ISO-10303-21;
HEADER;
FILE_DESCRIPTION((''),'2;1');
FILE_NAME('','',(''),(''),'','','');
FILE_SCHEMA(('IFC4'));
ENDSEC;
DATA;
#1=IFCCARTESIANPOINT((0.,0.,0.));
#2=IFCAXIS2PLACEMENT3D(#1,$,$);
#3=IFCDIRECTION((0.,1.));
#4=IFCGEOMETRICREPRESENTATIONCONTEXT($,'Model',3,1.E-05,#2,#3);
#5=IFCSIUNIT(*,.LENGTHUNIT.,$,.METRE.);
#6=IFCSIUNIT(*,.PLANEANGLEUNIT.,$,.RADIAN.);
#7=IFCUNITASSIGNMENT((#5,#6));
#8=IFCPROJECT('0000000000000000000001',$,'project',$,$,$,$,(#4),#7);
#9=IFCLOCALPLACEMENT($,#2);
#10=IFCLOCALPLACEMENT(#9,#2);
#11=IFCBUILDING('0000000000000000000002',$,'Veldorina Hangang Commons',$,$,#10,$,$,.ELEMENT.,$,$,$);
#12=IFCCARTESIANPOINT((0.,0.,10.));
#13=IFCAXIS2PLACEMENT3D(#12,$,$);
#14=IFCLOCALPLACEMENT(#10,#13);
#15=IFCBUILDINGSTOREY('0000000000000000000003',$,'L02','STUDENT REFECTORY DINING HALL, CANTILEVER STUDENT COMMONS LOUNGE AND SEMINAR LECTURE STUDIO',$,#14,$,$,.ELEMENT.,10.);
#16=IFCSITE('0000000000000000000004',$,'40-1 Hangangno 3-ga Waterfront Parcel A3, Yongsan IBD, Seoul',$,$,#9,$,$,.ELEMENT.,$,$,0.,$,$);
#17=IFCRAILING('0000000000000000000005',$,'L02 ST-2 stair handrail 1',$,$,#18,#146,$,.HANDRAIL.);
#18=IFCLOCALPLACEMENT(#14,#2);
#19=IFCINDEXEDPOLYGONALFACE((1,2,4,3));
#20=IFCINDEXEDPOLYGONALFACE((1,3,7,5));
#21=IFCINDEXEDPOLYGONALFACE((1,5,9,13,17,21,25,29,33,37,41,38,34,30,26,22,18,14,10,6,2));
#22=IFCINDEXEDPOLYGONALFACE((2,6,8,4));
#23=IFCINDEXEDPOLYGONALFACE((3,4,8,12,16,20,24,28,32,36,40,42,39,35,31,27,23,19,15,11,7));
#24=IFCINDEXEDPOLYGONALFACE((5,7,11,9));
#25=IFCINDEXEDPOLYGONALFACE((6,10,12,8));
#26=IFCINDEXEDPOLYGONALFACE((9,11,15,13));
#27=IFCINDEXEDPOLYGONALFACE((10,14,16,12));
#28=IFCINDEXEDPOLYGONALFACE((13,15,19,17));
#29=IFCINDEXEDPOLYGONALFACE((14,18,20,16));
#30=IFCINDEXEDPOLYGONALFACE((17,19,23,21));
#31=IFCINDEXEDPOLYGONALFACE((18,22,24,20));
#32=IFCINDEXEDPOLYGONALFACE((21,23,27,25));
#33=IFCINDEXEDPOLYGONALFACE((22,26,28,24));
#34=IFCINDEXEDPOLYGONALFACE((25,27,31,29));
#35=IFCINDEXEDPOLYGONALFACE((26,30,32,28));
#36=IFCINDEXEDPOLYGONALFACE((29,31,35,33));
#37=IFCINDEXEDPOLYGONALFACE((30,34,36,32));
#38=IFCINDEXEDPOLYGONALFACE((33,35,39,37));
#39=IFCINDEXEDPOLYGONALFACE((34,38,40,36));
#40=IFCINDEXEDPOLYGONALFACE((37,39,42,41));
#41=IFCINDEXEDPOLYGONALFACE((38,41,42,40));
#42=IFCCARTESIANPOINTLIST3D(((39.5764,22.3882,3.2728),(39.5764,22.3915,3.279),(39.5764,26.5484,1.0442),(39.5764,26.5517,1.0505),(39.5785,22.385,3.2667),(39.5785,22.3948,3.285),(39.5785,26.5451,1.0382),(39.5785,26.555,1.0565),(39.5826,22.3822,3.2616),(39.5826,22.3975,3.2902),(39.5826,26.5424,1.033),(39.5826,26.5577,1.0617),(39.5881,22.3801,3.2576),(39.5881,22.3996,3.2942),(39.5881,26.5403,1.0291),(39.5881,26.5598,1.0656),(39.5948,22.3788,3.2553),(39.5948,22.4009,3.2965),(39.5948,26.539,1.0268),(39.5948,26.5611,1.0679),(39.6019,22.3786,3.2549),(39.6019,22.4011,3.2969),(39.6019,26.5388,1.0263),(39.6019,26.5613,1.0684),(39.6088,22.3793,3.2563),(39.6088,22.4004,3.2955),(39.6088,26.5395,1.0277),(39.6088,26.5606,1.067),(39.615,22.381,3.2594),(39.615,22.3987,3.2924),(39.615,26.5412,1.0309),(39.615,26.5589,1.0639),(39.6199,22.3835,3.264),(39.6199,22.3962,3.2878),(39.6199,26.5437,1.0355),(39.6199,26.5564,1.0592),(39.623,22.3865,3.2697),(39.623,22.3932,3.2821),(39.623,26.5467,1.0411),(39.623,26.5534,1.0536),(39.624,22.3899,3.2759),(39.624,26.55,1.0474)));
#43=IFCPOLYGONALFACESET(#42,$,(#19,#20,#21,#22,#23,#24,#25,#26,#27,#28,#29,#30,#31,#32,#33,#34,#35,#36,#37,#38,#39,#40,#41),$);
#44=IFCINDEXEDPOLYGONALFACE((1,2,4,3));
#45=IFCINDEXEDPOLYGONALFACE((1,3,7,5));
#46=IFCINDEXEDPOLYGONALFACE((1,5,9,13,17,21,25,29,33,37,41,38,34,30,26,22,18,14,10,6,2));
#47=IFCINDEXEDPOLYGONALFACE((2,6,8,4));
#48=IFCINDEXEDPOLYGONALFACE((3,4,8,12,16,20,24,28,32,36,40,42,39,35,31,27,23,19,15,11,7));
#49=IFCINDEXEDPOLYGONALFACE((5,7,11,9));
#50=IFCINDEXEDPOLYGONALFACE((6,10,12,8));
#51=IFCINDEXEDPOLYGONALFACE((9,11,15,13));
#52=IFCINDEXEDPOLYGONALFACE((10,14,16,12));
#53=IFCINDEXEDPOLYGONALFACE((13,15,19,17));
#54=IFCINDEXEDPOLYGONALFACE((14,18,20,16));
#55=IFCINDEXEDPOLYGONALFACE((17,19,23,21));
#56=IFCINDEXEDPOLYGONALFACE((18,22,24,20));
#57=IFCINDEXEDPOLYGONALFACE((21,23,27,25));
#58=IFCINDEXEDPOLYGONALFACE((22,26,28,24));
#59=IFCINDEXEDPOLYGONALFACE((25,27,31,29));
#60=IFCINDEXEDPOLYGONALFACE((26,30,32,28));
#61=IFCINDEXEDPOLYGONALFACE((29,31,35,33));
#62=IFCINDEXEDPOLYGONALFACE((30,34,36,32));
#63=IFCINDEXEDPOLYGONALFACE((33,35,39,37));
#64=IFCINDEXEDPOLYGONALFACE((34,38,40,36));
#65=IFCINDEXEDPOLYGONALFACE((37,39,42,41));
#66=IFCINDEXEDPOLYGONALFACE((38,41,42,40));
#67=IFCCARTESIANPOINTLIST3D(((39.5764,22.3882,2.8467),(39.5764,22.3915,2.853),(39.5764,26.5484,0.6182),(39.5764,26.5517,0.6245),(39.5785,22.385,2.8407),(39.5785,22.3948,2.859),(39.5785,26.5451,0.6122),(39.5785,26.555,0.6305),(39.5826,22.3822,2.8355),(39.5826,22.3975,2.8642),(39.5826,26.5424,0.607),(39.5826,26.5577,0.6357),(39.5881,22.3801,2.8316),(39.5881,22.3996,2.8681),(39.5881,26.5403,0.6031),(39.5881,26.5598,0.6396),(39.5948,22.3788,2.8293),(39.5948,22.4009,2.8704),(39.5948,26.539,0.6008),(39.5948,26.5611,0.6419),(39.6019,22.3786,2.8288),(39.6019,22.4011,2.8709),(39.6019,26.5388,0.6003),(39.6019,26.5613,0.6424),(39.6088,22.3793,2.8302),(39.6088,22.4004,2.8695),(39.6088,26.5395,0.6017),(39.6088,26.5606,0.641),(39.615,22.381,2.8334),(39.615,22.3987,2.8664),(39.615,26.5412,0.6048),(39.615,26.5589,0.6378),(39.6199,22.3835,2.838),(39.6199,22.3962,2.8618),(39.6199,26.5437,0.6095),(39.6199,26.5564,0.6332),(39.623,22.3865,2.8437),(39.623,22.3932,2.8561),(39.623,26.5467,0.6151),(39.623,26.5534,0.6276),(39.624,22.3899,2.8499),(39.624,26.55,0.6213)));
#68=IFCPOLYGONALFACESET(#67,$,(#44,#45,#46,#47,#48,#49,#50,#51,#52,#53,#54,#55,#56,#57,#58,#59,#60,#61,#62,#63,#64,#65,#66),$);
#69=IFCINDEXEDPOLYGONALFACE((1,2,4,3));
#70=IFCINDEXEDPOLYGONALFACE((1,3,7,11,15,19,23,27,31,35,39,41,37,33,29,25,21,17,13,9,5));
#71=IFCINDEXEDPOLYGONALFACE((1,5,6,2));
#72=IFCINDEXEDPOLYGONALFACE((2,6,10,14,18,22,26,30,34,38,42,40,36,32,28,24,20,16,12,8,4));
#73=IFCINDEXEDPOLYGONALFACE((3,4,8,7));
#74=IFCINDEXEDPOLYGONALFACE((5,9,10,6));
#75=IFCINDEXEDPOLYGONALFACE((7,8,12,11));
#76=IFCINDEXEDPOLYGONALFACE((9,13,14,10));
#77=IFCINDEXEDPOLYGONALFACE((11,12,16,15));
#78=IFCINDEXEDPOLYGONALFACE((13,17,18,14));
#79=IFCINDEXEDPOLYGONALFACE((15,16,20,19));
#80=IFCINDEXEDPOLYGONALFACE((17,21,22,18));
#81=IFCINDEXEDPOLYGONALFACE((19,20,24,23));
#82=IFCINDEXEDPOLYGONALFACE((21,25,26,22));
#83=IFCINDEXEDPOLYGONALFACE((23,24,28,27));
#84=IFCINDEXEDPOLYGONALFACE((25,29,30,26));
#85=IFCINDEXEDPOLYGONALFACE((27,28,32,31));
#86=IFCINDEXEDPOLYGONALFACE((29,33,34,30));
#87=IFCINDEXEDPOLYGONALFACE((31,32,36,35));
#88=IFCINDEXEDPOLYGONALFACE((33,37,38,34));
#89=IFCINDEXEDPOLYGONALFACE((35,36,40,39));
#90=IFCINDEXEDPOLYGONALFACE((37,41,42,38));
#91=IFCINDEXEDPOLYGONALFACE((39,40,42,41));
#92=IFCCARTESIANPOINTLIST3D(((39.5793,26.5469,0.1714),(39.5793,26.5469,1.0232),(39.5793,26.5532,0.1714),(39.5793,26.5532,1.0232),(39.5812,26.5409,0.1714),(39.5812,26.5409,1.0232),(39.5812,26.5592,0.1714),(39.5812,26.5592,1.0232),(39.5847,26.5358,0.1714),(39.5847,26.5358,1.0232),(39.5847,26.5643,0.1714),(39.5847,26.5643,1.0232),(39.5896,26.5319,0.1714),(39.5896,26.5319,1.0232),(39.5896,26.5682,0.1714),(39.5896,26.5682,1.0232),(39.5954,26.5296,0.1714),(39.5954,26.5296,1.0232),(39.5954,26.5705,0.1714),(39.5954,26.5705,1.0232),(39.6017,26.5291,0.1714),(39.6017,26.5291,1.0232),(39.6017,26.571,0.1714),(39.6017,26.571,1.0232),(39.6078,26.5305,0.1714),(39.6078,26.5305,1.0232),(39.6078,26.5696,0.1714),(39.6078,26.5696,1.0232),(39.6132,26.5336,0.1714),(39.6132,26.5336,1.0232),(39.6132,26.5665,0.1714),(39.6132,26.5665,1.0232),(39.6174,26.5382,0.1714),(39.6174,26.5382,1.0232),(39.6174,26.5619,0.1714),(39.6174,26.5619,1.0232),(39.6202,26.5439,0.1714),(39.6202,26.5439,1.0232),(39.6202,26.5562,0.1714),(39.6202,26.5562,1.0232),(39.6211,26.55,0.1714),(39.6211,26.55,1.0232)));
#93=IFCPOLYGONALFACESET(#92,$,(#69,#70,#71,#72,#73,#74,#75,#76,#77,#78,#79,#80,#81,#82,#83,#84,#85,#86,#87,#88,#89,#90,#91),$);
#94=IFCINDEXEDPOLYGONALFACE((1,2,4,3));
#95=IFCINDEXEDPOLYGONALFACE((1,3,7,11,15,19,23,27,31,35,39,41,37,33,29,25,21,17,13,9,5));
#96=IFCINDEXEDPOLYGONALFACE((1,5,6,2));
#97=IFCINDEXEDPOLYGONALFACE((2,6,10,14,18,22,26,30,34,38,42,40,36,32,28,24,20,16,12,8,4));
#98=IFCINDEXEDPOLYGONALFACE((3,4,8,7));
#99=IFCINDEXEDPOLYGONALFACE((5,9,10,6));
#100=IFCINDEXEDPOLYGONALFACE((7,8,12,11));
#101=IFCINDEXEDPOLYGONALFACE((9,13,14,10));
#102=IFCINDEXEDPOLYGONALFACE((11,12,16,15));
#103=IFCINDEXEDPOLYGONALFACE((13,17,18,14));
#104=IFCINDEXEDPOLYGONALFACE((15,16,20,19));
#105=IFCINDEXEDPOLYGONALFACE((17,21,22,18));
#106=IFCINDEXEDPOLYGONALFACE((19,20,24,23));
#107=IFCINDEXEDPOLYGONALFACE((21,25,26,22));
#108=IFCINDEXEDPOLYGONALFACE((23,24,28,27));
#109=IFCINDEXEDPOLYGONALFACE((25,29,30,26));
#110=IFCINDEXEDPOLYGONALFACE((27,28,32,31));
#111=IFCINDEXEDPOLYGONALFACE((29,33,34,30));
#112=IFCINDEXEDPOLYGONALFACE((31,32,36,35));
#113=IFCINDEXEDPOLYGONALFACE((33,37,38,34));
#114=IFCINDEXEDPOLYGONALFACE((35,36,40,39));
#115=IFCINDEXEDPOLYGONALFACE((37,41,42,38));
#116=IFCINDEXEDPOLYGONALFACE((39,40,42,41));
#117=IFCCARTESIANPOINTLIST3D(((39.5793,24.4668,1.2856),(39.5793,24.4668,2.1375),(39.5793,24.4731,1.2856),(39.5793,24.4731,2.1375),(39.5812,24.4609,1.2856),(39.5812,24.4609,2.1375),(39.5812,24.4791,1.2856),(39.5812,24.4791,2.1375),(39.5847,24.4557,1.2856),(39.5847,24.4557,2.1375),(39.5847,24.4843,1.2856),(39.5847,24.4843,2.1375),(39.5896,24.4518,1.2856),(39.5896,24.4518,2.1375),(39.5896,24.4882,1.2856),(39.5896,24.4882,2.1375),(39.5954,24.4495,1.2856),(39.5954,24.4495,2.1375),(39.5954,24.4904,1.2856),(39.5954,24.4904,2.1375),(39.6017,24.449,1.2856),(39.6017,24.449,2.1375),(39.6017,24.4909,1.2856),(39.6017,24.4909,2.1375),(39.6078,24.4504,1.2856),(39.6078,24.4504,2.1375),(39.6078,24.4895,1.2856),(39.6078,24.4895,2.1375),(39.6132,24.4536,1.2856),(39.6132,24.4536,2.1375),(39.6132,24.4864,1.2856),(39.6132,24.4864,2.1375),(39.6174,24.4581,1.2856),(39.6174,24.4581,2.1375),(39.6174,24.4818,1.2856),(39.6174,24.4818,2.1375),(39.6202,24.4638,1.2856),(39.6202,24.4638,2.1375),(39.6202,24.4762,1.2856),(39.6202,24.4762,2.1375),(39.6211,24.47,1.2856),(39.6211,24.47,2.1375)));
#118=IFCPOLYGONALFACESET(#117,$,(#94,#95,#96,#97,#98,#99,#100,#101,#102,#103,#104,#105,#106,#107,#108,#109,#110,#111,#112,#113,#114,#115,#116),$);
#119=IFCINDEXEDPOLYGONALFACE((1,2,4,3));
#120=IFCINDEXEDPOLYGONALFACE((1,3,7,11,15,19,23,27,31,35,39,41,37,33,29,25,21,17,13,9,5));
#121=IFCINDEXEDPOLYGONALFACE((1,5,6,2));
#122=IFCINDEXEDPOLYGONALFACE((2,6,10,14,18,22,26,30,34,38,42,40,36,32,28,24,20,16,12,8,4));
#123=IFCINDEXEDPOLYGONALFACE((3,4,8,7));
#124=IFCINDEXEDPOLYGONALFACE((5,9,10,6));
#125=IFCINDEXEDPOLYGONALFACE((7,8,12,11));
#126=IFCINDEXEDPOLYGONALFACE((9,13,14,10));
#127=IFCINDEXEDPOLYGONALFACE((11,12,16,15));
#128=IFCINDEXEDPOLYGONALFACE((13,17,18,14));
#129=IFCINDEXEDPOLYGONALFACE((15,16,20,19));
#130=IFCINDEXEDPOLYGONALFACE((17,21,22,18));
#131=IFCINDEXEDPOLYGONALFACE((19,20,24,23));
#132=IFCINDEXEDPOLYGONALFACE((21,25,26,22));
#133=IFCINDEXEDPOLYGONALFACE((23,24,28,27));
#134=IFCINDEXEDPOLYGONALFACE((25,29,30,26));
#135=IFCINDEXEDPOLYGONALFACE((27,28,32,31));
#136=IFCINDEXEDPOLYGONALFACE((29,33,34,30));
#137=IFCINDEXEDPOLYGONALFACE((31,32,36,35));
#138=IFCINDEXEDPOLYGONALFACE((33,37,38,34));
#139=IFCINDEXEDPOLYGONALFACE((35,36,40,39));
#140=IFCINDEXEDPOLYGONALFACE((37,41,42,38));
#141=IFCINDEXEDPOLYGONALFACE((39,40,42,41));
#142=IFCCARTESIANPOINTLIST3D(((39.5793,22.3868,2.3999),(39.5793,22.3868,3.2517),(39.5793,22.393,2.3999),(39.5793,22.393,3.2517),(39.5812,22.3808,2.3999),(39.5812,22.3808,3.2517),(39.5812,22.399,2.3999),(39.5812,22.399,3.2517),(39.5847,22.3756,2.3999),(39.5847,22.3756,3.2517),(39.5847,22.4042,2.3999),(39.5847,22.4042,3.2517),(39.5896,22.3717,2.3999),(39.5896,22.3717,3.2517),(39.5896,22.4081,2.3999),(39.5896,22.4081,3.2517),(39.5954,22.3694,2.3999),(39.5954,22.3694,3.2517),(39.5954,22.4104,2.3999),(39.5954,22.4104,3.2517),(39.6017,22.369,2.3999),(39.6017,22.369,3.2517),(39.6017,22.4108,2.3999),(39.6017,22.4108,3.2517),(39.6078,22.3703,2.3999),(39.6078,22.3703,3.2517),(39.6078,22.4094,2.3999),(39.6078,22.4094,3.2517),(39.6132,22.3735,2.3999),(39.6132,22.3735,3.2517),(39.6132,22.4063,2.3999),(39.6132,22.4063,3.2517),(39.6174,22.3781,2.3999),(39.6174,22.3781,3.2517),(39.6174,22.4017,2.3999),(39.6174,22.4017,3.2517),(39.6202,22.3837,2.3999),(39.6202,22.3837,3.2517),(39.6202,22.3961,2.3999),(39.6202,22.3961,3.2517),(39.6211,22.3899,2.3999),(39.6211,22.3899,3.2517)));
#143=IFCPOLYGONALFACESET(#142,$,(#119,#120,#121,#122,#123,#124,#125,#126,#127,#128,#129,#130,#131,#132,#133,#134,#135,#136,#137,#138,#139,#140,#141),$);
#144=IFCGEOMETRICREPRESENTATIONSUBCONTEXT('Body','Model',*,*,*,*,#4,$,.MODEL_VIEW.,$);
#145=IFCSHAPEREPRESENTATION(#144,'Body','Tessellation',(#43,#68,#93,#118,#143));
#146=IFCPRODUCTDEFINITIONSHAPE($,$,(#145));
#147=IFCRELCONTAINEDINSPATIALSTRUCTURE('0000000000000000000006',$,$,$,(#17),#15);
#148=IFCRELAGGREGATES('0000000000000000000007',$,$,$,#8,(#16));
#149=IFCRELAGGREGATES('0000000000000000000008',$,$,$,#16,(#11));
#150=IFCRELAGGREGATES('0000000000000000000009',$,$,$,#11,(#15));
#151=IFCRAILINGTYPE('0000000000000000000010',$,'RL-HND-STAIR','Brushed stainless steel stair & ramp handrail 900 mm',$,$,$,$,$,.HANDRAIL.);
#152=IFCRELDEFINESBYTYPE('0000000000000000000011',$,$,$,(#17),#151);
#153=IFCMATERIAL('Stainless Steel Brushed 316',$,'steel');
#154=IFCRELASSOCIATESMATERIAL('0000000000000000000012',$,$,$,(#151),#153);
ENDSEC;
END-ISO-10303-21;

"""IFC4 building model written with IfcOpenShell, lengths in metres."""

from ifc_helpers import new_model, si_unit, direction, frame, origin, origin_2d, place, context, subcontext, project, spatial, circle, extrude, material, type_object, element, save


model = new_model("IFC4")

# Units and contexts
model_context = context("Model", 3, precision=1e-05, world=origin(), true_north=direction((0.0, 1.0)))
body_context = subcontext(model_context, "Body", "Model", "MODEL_VIEW")
ifc_project = project(units=[si_unit("LENGTHUNIT", "METRE"), si_unit("PLANEANGLEUNIT", "RADIAN")], contexts=[model_context])

# Site, building, storey
site_placement = place(None, origin())
site = spatial("IfcSite", under=ifc_project, at=site_placement, Name="40-1 Hangangno 3-ga Waterfront Parcel A3, Yongsan IBD, Seoul", CompositionType="ELEMENT", RefElevation=0.0)
building_placement = place(site_placement, origin())
building = spatial("IfcBuilding", under=site, at=building_placement, Name="Veldorina Hangang Commons", CompositionType="ELEMENT")
storey_placement = place(building_placement, frame((0.0, 0.0, 10.0)))
storey = spatial("IfcBuildingStorey", under=building, at=storey_placement, Name="L02", Description="STUDENT REFECTORY DINING HALL, CANTILEVER STUDENT COMMONS LOUNGE AND SEMINAR LECTURE STUDIO", CompositionType="ELEMENT", Elevation=10.0)

# Railing
ifc_material_1 = material(Name="Stainless Steel Brushed 316", Category="steel")
railing_type_1 = type_object("IfcRailingType", Name="RL-HND-STAIR", Description="Brushed stainless steel stair & ramp handrail 900 mm", PredefinedType="HANDRAIL", material=ifc_material_1)
railing_1_placement = place(storey_placement, frame((39.6001, 26.55, 0.1714)))
element("IfcRailing", 1, at=railing_1_placement, inside=storey, type_object=railing_type_1, Name="L02 ST-2 stair handrail 1", PredefinedType="HANDRAIL", context=body_context, shape_type="SweptSolid", body=[
    extrude(circle(Radius=0.0239, at=origin_2d()), frame((0.0, 0.0, 0.876), z_axis=(0.0, -0.881492, 0.472198), x_axis=(1.0, 0.0, 0.0)), (0.0, 0.0, 1.0), 4.7195),
    extrude(circle(Radius=0.0239, at=origin_2d()), frame((0.0, 0.0, 0.45), z_axis=(0.0, -0.881492, 0.472198), x_axis=(1.0, 0.0, 0.0)), (0.0, 0.0, 1.0), 4.7195),
    extrude(circle(Radius=0.021, at=origin_2d()), origin(), (0.0, 0.0, 1.0), 0.8518),
    extrude(circle(Radius=0.021, at=origin_2d()), frame((0.0, -2.0801, 1.1143)), (0.0, 0.0, 1.0), 0.8518),
    extrude(circle(Radius=0.021, at=origin_2d()), frame((0.0, -4.1602, 2.2285)), (0.0, 0.0, 1.0), 0.8518),
])

save(model, "model.ifc")
